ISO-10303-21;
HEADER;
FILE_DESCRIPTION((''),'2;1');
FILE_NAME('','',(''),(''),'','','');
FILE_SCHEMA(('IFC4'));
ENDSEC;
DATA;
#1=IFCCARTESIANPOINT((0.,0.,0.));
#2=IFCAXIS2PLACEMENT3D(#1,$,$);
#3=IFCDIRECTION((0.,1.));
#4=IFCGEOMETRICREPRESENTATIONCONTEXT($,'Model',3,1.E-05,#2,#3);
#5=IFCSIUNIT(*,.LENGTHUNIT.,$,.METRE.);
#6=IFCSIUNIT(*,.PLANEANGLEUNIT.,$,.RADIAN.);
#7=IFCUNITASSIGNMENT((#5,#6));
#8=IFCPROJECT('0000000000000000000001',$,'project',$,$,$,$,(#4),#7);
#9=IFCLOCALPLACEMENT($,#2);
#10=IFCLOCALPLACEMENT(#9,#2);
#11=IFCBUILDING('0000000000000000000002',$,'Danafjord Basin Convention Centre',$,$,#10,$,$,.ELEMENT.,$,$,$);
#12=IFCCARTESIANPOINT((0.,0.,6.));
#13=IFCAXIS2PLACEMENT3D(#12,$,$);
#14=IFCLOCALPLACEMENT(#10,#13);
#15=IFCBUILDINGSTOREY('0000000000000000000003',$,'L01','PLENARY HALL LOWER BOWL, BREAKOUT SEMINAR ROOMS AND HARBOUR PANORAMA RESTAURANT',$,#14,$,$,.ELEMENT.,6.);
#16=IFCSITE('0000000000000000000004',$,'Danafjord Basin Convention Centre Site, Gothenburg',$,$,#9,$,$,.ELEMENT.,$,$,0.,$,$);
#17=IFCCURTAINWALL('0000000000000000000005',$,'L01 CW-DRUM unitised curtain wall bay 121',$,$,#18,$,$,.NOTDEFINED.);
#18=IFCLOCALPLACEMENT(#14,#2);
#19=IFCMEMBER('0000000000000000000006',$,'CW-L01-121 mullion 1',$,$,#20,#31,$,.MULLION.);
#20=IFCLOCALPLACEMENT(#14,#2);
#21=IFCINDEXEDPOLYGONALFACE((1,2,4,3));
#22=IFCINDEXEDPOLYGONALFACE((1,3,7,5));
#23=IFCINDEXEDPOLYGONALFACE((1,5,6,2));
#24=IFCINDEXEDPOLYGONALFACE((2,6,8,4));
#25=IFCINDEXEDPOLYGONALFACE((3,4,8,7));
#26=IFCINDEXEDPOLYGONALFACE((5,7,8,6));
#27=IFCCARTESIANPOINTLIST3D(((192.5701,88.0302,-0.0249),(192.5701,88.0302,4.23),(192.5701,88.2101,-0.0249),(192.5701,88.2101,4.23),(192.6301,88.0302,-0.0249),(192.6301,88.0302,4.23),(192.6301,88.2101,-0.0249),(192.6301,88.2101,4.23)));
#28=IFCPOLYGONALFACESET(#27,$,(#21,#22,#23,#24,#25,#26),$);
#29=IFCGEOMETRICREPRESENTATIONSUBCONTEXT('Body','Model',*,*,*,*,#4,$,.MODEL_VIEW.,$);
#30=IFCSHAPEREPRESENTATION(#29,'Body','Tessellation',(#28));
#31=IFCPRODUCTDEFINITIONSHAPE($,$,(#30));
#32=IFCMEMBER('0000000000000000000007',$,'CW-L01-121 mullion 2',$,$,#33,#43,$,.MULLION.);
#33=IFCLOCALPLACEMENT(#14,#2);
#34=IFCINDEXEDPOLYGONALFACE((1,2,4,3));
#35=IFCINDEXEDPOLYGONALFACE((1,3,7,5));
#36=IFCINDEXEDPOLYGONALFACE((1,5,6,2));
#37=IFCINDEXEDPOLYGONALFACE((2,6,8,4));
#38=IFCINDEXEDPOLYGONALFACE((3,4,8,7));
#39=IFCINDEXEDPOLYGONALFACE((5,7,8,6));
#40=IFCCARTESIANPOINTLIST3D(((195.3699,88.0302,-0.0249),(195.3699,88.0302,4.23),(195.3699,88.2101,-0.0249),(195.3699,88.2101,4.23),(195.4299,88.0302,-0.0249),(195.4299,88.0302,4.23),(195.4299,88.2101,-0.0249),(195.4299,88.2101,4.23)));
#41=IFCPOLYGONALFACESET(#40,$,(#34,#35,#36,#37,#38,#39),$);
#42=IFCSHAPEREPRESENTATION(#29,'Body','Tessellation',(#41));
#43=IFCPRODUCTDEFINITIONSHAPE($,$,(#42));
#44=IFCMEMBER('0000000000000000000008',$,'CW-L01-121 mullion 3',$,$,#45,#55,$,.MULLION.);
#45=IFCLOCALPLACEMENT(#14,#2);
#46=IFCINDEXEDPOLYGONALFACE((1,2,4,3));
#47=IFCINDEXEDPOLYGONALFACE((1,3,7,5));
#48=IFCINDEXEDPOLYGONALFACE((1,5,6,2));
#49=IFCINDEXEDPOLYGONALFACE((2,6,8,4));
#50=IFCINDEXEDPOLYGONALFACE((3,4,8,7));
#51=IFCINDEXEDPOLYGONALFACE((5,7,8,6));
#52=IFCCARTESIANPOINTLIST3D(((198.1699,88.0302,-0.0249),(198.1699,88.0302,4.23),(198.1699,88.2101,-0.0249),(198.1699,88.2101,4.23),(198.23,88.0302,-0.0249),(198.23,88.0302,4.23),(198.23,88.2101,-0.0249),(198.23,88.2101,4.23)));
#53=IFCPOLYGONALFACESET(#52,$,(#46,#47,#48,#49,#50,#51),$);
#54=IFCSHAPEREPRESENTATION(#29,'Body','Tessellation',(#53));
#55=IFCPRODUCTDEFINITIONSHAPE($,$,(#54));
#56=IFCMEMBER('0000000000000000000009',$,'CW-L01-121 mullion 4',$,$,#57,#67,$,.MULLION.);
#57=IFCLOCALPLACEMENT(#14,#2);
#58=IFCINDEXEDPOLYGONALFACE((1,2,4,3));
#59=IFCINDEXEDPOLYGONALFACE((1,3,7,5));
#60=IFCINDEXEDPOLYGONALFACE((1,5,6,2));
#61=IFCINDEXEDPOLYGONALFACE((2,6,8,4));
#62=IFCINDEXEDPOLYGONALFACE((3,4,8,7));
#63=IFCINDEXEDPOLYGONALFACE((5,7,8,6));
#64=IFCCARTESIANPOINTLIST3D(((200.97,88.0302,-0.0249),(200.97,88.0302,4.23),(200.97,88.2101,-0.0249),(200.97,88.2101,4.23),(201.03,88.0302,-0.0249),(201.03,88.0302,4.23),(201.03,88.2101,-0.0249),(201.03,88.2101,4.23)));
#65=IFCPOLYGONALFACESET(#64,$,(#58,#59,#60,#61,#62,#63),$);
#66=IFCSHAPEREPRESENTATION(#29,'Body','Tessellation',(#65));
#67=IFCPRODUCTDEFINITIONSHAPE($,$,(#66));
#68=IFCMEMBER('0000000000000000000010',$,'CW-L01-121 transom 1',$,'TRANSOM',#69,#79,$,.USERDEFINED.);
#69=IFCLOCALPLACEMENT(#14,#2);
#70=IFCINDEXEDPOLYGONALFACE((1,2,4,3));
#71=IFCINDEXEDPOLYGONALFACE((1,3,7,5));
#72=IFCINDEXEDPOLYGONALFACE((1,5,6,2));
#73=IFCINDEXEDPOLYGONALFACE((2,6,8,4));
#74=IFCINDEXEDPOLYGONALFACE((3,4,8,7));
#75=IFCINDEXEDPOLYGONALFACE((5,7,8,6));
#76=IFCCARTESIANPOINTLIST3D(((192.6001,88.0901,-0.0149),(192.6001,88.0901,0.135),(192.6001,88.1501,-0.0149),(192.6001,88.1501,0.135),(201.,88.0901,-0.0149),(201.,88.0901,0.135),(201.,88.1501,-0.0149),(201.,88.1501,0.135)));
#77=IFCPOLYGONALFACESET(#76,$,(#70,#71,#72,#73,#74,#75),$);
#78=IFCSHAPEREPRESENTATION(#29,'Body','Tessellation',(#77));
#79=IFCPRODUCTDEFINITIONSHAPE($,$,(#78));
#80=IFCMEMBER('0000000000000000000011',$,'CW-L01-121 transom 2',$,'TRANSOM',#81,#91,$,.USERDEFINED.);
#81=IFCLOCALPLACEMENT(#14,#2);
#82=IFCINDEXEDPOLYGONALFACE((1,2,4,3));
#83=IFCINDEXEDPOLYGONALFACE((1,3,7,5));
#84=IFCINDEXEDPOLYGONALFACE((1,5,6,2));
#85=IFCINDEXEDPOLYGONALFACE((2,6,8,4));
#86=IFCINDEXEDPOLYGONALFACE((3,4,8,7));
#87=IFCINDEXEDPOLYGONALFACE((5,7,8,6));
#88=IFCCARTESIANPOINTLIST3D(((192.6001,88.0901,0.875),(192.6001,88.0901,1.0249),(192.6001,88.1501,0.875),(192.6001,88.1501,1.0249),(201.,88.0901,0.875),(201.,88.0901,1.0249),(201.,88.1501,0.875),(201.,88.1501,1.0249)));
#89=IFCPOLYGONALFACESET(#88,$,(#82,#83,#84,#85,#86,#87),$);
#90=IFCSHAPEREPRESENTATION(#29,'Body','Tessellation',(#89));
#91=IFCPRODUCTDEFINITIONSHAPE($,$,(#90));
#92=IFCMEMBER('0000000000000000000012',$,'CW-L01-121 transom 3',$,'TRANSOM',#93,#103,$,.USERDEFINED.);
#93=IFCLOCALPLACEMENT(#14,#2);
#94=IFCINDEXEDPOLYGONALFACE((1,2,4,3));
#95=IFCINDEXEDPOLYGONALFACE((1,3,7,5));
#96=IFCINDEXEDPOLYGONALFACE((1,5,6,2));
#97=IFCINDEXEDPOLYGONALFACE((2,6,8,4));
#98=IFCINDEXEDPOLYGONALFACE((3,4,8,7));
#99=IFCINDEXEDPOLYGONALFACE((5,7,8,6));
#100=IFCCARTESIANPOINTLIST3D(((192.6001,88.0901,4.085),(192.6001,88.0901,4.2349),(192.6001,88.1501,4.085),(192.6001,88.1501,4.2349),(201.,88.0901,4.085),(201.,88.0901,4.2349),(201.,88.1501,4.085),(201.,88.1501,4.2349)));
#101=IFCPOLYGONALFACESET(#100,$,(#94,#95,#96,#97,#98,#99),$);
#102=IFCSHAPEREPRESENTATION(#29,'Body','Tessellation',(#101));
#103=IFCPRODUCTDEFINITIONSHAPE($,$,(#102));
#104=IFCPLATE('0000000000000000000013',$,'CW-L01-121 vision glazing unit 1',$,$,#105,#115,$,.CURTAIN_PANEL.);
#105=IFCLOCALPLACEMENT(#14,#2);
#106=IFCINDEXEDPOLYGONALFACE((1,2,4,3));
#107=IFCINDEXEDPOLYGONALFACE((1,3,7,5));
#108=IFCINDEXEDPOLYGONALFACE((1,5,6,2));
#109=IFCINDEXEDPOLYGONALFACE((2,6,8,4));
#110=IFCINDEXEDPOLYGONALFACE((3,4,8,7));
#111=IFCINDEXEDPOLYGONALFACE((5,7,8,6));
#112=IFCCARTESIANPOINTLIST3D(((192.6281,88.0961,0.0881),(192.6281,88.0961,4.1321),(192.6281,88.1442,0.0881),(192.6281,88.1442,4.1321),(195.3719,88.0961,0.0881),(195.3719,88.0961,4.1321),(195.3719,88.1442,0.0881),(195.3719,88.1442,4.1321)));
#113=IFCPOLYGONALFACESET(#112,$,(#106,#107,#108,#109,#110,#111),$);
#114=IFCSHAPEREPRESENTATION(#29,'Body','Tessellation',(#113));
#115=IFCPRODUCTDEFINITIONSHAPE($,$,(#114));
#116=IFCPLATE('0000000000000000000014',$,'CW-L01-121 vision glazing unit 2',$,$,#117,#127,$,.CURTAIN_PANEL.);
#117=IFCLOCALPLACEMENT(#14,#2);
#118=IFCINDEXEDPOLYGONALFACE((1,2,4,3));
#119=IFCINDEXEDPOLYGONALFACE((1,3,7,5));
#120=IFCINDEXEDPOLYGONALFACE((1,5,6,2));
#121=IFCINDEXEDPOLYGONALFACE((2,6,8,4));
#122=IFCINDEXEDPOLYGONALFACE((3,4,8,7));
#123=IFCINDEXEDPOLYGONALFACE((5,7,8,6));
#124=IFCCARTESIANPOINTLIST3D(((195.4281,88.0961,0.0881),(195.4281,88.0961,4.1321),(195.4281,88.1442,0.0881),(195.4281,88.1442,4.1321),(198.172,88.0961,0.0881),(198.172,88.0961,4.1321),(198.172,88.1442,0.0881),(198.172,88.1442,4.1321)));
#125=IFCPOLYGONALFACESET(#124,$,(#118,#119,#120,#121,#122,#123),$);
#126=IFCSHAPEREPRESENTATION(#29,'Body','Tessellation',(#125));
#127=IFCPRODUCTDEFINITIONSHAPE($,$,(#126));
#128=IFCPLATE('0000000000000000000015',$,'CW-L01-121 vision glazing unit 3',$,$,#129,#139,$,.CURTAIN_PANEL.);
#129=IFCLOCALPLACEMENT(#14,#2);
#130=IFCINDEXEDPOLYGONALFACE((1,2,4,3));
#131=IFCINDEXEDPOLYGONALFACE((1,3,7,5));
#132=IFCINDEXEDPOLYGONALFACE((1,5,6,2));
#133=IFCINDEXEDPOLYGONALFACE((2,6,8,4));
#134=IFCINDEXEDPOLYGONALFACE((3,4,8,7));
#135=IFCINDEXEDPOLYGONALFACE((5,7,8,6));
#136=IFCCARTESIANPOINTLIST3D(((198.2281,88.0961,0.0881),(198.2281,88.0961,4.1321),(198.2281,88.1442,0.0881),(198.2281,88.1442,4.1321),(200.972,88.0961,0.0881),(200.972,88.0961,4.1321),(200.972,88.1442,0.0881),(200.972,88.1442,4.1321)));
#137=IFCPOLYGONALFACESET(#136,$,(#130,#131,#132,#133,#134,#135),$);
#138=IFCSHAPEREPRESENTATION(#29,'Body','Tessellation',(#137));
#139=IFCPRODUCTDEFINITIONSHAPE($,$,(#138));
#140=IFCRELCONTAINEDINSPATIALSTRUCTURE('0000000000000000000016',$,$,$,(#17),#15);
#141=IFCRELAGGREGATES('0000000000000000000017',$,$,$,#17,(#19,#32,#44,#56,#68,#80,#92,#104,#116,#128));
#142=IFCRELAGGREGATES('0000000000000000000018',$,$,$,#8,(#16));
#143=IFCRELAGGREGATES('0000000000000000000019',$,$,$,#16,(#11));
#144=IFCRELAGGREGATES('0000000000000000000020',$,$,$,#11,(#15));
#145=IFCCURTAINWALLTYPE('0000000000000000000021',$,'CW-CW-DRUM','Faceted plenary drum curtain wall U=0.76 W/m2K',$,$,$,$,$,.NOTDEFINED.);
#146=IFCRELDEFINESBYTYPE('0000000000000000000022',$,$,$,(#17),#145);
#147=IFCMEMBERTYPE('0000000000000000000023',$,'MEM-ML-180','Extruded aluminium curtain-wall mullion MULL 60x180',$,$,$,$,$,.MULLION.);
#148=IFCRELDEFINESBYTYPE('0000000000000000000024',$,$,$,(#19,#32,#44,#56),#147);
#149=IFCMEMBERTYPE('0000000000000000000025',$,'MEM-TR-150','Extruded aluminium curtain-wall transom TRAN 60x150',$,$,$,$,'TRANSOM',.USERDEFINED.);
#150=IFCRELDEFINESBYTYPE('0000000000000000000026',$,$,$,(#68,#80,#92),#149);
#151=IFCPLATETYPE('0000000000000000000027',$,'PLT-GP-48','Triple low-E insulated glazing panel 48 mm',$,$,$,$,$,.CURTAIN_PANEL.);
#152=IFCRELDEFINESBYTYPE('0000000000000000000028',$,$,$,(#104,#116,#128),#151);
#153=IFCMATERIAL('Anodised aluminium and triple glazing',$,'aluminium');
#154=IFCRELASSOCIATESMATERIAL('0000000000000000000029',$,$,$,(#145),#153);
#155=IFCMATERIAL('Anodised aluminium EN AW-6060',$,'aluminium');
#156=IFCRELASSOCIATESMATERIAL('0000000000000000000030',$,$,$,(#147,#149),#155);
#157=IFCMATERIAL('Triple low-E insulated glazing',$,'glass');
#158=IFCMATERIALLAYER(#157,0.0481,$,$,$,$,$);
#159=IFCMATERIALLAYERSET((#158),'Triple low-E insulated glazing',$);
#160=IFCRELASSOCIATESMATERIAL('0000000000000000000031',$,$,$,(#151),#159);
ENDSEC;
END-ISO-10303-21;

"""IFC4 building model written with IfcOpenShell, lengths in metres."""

from ifc_helpers import new_model, si_unit, direction, frame, origin, origin_2d, place, context, subcontext, project, spatial, rectangle, extrude, material, layer, layer_set, material_profile, profile_set, type_object, element, aggregate, save


model = new_model("IFC4")

# Units and contexts
model_context = context("Model", 3, precision=1e-05, world=origin(), true_north=direction((0.0, 1.0)))
body_context = subcontext(model_context, "Body", "Model", "MODEL_VIEW")
ifc_project = project(units=[si_unit("LENGTHUNIT", "METRE"), si_unit("PLANEANGLEUNIT", "RADIAN")], contexts=[model_context])

# Site, building, storey
site_placement = place(None, origin())
site = spatial("IfcSite", under=ifc_project, at=site_placement, Name="Danafjord Basin Convention Centre Site, Gothenburg", CompositionType="ELEMENT", RefElevation=0.0)
building_placement = place(site_placement, origin())
building = spatial("IfcBuilding", under=site, at=building_placement, Name="Danafjord Basin Convention Centre", CompositionType="ELEMENT")
storey_placement = place(building_placement, frame((0.0, 0.0, 6.0)))
storey = spatial("IfcBuildingStorey", under=building, at=storey_placement, Name="L01", Description="PLENARY HALL LOWER BOWL, BREAKOUT SEMINAR ROOMS AND HARBOUR PANORAMA RESTAURANT", CompositionType="ELEMENT", Elevation=6.0)

# Curtain wall, members, plates
ifc_material_1 = material(Name="Anodised aluminium and triple glazing", Category="aluminium")
curtain_wall_type = type_object("IfcCurtainWallType", Name="CW-CW-DRUM", Description="Faceted plenary drum curtain wall U=0.76 W/m2K", PredefinedType="NOTDEFINED", material=ifc_material_1)
curtain_wall_placement = place(storey_placement, origin())
curtain_wall = element("IfcCurtainWall", 1, at=curtain_wall_placement, inside=storey, type_object=curtain_wall_type, Name="L01 CW-DRUM unitised curtain wall bay 121", PredefinedType="NOTDEFINED")
ifc_material_2 = material(Name="Anodised aluminium EN AW-6060", Category="aluminium")
ifc_material_profile_1 = material_profile(ifc_material_2, rectangle(XDim=0.0601, YDim=0.1799, at=origin_2d()), Name="MULL 60x180")
ifc_profile_set_1 = profile_set([ifc_material_profile_1], Name="Anodised aluminium EN AW-6060")
member_type_1 = type_object("IfcMemberType", Name="MEM-ML-180", Description="Extruded aluminium curtain-wall mullion MULL 60x180", PredefinedType="MULLION", material=ifc_profile_set_1)
member_1_placement = place(storey_placement, frame((192.6001, 88.1201, -0.0249), z_axis=(0.0, 0.0, 1.0), x_axis=(1.0, 0.0, 0.0)))
member_1 = element("IfcMember", 2, at=member_1_placement, type_object=member_type_1, Name="CW-L01-121 mullion 1", PredefinedType="MULLION", context=body_context, shape_type="SweptSolid", body=[
    extrude(rectangle(XDim=0.0601, YDim=0.1799, at=origin_2d()), origin(), (0.0, 0.0, 1.0), 4.2549),
])
member_2_placement = place(storey_placement, frame((195.3999, 88.1201, -0.0249), z_axis=(0.0, 0.0, 1.0), x_axis=(1.0, 0.0, 0.0)))
member_2 = element("IfcMember", 3, at=member_2_placement, type_object=member_type_1, Name="CW-L01-121 mullion 2", PredefinedType="MULLION", context=body_context, shape_type="SweptSolid", body=[
    extrude(rectangle(XDim=0.0601, YDim=0.1799, at=origin_2d()), origin(), (0.0, 0.0, 1.0), 4.2549),
])
member_3_placement = place(storey_placement, frame((198.2, 88.1201, -0.0249), z_axis=(0.0, 0.0, 1.0), x_axis=(1.0, 0.0, 0.0)))
member_3 = element("IfcMember", 4, at=member_3_placement, type_object=member_type_1, Name="CW-L01-121 mullion 3", PredefinedType="MULLION", context=body_context, shape_type="SweptSolid", body=[
    extrude(rectangle(XDim=0.0601, YDim=0.1799, at=origin_2d()), origin(), (0.0, 0.0, 1.0), 4.2549),
])
member_4_placement = place(storey_placement, frame((201.0, 88.1201, -0.0249), z_axis=(0.0, 0.0, 1.0), x_axis=(1.0, 0.0, 0.0)))
member_4 = element("IfcMember", 5, at=member_4_placement, type_object=member_type_1, Name="CW-L01-121 mullion 4", PredefinedType="MULLION", context=body_context, shape_type="SweptSolid", body=[
    extrude(rectangle(XDim=0.0601, YDim=0.1799, at=origin_2d()), origin(), (0.0, 0.0, 1.0), 4.2549),
])
ifc_material_profile_2 = material_profile(ifc_material_2, rectangle(XDim=0.0601, YDim=0.1499, at=origin_2d()), Name="TRAN 60x150")
ifc_profile_set_2 = profile_set([ifc_material_profile_2], Name="Anodised aluminium EN AW-6060")
member_type_2 = type_object("IfcMemberType", Name="MEM-TR-150", Description="Extruded aluminium curtain-wall transom TRAN 60x150", ElementType="TRANSOM", PredefinedType="USERDEFINED", material=ifc_profile_set_2)
member_5_placement = place(storey_placement, frame((192.6001, 88.1201, 0.0601), z_axis=(1.0, 0.0, 0.0), x_axis=(0.0, 1.0, 0.0)))
member_5 = element("IfcMember", 6, at=member_5_placement, type_object=member_type_2, Name="CW-L01-121 transom 1", ObjectType="TRANSOM", PredefinedType="USERDEFINED", context=body_context, shape_type="SweptSolid", body=[
    extrude(rectangle(XDim=0.0601, YDim=0.1499, at=origin_2d()), origin(), (0.0, 0.0, 1.0), 8.3999),
])
member_6_placement = place(storey_placement, frame((192.6001, 88.1201, 0.95), z_axis=(1.0, 0.0, 0.0), x_axis=(0.0, 1.0, 0.0)))
member_6 = element("IfcMember", 7, at=member_6_placement, type_object=member_type_2, Name="CW-L01-121 transom 2", ObjectType="TRANSOM", PredefinedType="USERDEFINED", context=body_context, shape_type="SweptSolid", body=[
    extrude(rectangle(XDim=0.0601, YDim=0.1499, at=origin_2d()), origin(), (0.0, 0.0, 1.0), 8.3999),
])
member_7_placement = place(storey_placement, frame((192.6001, 88.1201, 4.1599), z_axis=(1.0, 0.0, 0.0), x_axis=(0.0, 1.0, 0.0)))
member_7 = element("IfcMember", 8, at=member_7_placement, type_object=member_type_2, Name="CW-L01-121 transom 3", ObjectType="TRANSOM", PredefinedType="USERDEFINED", context=body_context, shape_type="SweptSolid", body=[
    extrude(rectangle(XDim=0.0601, YDim=0.1499, at=origin_2d()), origin(), (0.0, 0.0, 1.0), 8.3999),
])
ifc_material_3 = material(Name="Triple low-E insulated glazing", Category="glass")
ifc_layer = layer(ifc_material_3, 0.0481)
ifc_layer_set = layer_set([ifc_layer], Name="Triple low-E insulated glazing")
plate_type = type_object("IfcPlateType", Name="PLT-GP-48", Description="Triple low-E insulated glazing panel 48 mm", PredefinedType="CURTAIN_PANEL", material=ifc_layer_set)
plate_1_placement = place(storey_placement, frame((194.0, 88.1201, 0.0881), z_axis=(0.0, 0.0, 1.0), x_axis=(1.0, 0.0, 0.0)))
plate_1 = element("IfcPlate", 9, at=plate_1_placement, type_object=plate_type, Name="CW-L01-121 vision glazing unit 1", PredefinedType="CURTAIN_PANEL", context=body_context, shape_type="SweptSolid", body=[
    extrude(rectangle(XDim=2.7439, YDim=0.0481, at=origin_2d()), origin(), (0.0, 0.0, 1.0), 4.0439),
])
plate_2_placement = place(storey_placement, frame((196.8, 88.1201, 0.0881), z_axis=(0.0, 0.0, 1.0), x_axis=(1.0, 0.0, 0.0)))
plate_2 = element("IfcPlate", 10, at=plate_2_placement, type_object=plate_type, Name="CW-L01-121 vision glazing unit 2", PredefinedType="CURTAIN_PANEL", context=body_context, shape_type="SweptSolid", body=[
    extrude(rectangle(XDim=2.7439, YDim=0.0481, at=origin_2d()), origin(), (0.0, 0.0, 1.0), 4.0439),
])
plate_3_placement = place(storey_placement, frame((199.6001, 88.1201, 0.0881), z_axis=(0.0, 0.0, 1.0), x_axis=(1.0, 0.0, 0.0)))
plate_3 = element("IfcPlate", 11, at=plate_3_placement, type_object=plate_type, Name="CW-L01-121 vision glazing unit 3", PredefinedType="CURTAIN_PANEL", context=body_context, shape_type="SweptSolid", body=[
    extrude(rectangle(XDim=2.7439, YDim=0.0481, at=origin_2d()), origin(), (0.0, 0.0, 1.0), 4.0439),
])
aggregate(curtain_wall, [member_1, member_2, member_3, member_4, member_5, member_6, member_7, plate_1, plate_2, plate_3])

save(model, "model.ifc")
